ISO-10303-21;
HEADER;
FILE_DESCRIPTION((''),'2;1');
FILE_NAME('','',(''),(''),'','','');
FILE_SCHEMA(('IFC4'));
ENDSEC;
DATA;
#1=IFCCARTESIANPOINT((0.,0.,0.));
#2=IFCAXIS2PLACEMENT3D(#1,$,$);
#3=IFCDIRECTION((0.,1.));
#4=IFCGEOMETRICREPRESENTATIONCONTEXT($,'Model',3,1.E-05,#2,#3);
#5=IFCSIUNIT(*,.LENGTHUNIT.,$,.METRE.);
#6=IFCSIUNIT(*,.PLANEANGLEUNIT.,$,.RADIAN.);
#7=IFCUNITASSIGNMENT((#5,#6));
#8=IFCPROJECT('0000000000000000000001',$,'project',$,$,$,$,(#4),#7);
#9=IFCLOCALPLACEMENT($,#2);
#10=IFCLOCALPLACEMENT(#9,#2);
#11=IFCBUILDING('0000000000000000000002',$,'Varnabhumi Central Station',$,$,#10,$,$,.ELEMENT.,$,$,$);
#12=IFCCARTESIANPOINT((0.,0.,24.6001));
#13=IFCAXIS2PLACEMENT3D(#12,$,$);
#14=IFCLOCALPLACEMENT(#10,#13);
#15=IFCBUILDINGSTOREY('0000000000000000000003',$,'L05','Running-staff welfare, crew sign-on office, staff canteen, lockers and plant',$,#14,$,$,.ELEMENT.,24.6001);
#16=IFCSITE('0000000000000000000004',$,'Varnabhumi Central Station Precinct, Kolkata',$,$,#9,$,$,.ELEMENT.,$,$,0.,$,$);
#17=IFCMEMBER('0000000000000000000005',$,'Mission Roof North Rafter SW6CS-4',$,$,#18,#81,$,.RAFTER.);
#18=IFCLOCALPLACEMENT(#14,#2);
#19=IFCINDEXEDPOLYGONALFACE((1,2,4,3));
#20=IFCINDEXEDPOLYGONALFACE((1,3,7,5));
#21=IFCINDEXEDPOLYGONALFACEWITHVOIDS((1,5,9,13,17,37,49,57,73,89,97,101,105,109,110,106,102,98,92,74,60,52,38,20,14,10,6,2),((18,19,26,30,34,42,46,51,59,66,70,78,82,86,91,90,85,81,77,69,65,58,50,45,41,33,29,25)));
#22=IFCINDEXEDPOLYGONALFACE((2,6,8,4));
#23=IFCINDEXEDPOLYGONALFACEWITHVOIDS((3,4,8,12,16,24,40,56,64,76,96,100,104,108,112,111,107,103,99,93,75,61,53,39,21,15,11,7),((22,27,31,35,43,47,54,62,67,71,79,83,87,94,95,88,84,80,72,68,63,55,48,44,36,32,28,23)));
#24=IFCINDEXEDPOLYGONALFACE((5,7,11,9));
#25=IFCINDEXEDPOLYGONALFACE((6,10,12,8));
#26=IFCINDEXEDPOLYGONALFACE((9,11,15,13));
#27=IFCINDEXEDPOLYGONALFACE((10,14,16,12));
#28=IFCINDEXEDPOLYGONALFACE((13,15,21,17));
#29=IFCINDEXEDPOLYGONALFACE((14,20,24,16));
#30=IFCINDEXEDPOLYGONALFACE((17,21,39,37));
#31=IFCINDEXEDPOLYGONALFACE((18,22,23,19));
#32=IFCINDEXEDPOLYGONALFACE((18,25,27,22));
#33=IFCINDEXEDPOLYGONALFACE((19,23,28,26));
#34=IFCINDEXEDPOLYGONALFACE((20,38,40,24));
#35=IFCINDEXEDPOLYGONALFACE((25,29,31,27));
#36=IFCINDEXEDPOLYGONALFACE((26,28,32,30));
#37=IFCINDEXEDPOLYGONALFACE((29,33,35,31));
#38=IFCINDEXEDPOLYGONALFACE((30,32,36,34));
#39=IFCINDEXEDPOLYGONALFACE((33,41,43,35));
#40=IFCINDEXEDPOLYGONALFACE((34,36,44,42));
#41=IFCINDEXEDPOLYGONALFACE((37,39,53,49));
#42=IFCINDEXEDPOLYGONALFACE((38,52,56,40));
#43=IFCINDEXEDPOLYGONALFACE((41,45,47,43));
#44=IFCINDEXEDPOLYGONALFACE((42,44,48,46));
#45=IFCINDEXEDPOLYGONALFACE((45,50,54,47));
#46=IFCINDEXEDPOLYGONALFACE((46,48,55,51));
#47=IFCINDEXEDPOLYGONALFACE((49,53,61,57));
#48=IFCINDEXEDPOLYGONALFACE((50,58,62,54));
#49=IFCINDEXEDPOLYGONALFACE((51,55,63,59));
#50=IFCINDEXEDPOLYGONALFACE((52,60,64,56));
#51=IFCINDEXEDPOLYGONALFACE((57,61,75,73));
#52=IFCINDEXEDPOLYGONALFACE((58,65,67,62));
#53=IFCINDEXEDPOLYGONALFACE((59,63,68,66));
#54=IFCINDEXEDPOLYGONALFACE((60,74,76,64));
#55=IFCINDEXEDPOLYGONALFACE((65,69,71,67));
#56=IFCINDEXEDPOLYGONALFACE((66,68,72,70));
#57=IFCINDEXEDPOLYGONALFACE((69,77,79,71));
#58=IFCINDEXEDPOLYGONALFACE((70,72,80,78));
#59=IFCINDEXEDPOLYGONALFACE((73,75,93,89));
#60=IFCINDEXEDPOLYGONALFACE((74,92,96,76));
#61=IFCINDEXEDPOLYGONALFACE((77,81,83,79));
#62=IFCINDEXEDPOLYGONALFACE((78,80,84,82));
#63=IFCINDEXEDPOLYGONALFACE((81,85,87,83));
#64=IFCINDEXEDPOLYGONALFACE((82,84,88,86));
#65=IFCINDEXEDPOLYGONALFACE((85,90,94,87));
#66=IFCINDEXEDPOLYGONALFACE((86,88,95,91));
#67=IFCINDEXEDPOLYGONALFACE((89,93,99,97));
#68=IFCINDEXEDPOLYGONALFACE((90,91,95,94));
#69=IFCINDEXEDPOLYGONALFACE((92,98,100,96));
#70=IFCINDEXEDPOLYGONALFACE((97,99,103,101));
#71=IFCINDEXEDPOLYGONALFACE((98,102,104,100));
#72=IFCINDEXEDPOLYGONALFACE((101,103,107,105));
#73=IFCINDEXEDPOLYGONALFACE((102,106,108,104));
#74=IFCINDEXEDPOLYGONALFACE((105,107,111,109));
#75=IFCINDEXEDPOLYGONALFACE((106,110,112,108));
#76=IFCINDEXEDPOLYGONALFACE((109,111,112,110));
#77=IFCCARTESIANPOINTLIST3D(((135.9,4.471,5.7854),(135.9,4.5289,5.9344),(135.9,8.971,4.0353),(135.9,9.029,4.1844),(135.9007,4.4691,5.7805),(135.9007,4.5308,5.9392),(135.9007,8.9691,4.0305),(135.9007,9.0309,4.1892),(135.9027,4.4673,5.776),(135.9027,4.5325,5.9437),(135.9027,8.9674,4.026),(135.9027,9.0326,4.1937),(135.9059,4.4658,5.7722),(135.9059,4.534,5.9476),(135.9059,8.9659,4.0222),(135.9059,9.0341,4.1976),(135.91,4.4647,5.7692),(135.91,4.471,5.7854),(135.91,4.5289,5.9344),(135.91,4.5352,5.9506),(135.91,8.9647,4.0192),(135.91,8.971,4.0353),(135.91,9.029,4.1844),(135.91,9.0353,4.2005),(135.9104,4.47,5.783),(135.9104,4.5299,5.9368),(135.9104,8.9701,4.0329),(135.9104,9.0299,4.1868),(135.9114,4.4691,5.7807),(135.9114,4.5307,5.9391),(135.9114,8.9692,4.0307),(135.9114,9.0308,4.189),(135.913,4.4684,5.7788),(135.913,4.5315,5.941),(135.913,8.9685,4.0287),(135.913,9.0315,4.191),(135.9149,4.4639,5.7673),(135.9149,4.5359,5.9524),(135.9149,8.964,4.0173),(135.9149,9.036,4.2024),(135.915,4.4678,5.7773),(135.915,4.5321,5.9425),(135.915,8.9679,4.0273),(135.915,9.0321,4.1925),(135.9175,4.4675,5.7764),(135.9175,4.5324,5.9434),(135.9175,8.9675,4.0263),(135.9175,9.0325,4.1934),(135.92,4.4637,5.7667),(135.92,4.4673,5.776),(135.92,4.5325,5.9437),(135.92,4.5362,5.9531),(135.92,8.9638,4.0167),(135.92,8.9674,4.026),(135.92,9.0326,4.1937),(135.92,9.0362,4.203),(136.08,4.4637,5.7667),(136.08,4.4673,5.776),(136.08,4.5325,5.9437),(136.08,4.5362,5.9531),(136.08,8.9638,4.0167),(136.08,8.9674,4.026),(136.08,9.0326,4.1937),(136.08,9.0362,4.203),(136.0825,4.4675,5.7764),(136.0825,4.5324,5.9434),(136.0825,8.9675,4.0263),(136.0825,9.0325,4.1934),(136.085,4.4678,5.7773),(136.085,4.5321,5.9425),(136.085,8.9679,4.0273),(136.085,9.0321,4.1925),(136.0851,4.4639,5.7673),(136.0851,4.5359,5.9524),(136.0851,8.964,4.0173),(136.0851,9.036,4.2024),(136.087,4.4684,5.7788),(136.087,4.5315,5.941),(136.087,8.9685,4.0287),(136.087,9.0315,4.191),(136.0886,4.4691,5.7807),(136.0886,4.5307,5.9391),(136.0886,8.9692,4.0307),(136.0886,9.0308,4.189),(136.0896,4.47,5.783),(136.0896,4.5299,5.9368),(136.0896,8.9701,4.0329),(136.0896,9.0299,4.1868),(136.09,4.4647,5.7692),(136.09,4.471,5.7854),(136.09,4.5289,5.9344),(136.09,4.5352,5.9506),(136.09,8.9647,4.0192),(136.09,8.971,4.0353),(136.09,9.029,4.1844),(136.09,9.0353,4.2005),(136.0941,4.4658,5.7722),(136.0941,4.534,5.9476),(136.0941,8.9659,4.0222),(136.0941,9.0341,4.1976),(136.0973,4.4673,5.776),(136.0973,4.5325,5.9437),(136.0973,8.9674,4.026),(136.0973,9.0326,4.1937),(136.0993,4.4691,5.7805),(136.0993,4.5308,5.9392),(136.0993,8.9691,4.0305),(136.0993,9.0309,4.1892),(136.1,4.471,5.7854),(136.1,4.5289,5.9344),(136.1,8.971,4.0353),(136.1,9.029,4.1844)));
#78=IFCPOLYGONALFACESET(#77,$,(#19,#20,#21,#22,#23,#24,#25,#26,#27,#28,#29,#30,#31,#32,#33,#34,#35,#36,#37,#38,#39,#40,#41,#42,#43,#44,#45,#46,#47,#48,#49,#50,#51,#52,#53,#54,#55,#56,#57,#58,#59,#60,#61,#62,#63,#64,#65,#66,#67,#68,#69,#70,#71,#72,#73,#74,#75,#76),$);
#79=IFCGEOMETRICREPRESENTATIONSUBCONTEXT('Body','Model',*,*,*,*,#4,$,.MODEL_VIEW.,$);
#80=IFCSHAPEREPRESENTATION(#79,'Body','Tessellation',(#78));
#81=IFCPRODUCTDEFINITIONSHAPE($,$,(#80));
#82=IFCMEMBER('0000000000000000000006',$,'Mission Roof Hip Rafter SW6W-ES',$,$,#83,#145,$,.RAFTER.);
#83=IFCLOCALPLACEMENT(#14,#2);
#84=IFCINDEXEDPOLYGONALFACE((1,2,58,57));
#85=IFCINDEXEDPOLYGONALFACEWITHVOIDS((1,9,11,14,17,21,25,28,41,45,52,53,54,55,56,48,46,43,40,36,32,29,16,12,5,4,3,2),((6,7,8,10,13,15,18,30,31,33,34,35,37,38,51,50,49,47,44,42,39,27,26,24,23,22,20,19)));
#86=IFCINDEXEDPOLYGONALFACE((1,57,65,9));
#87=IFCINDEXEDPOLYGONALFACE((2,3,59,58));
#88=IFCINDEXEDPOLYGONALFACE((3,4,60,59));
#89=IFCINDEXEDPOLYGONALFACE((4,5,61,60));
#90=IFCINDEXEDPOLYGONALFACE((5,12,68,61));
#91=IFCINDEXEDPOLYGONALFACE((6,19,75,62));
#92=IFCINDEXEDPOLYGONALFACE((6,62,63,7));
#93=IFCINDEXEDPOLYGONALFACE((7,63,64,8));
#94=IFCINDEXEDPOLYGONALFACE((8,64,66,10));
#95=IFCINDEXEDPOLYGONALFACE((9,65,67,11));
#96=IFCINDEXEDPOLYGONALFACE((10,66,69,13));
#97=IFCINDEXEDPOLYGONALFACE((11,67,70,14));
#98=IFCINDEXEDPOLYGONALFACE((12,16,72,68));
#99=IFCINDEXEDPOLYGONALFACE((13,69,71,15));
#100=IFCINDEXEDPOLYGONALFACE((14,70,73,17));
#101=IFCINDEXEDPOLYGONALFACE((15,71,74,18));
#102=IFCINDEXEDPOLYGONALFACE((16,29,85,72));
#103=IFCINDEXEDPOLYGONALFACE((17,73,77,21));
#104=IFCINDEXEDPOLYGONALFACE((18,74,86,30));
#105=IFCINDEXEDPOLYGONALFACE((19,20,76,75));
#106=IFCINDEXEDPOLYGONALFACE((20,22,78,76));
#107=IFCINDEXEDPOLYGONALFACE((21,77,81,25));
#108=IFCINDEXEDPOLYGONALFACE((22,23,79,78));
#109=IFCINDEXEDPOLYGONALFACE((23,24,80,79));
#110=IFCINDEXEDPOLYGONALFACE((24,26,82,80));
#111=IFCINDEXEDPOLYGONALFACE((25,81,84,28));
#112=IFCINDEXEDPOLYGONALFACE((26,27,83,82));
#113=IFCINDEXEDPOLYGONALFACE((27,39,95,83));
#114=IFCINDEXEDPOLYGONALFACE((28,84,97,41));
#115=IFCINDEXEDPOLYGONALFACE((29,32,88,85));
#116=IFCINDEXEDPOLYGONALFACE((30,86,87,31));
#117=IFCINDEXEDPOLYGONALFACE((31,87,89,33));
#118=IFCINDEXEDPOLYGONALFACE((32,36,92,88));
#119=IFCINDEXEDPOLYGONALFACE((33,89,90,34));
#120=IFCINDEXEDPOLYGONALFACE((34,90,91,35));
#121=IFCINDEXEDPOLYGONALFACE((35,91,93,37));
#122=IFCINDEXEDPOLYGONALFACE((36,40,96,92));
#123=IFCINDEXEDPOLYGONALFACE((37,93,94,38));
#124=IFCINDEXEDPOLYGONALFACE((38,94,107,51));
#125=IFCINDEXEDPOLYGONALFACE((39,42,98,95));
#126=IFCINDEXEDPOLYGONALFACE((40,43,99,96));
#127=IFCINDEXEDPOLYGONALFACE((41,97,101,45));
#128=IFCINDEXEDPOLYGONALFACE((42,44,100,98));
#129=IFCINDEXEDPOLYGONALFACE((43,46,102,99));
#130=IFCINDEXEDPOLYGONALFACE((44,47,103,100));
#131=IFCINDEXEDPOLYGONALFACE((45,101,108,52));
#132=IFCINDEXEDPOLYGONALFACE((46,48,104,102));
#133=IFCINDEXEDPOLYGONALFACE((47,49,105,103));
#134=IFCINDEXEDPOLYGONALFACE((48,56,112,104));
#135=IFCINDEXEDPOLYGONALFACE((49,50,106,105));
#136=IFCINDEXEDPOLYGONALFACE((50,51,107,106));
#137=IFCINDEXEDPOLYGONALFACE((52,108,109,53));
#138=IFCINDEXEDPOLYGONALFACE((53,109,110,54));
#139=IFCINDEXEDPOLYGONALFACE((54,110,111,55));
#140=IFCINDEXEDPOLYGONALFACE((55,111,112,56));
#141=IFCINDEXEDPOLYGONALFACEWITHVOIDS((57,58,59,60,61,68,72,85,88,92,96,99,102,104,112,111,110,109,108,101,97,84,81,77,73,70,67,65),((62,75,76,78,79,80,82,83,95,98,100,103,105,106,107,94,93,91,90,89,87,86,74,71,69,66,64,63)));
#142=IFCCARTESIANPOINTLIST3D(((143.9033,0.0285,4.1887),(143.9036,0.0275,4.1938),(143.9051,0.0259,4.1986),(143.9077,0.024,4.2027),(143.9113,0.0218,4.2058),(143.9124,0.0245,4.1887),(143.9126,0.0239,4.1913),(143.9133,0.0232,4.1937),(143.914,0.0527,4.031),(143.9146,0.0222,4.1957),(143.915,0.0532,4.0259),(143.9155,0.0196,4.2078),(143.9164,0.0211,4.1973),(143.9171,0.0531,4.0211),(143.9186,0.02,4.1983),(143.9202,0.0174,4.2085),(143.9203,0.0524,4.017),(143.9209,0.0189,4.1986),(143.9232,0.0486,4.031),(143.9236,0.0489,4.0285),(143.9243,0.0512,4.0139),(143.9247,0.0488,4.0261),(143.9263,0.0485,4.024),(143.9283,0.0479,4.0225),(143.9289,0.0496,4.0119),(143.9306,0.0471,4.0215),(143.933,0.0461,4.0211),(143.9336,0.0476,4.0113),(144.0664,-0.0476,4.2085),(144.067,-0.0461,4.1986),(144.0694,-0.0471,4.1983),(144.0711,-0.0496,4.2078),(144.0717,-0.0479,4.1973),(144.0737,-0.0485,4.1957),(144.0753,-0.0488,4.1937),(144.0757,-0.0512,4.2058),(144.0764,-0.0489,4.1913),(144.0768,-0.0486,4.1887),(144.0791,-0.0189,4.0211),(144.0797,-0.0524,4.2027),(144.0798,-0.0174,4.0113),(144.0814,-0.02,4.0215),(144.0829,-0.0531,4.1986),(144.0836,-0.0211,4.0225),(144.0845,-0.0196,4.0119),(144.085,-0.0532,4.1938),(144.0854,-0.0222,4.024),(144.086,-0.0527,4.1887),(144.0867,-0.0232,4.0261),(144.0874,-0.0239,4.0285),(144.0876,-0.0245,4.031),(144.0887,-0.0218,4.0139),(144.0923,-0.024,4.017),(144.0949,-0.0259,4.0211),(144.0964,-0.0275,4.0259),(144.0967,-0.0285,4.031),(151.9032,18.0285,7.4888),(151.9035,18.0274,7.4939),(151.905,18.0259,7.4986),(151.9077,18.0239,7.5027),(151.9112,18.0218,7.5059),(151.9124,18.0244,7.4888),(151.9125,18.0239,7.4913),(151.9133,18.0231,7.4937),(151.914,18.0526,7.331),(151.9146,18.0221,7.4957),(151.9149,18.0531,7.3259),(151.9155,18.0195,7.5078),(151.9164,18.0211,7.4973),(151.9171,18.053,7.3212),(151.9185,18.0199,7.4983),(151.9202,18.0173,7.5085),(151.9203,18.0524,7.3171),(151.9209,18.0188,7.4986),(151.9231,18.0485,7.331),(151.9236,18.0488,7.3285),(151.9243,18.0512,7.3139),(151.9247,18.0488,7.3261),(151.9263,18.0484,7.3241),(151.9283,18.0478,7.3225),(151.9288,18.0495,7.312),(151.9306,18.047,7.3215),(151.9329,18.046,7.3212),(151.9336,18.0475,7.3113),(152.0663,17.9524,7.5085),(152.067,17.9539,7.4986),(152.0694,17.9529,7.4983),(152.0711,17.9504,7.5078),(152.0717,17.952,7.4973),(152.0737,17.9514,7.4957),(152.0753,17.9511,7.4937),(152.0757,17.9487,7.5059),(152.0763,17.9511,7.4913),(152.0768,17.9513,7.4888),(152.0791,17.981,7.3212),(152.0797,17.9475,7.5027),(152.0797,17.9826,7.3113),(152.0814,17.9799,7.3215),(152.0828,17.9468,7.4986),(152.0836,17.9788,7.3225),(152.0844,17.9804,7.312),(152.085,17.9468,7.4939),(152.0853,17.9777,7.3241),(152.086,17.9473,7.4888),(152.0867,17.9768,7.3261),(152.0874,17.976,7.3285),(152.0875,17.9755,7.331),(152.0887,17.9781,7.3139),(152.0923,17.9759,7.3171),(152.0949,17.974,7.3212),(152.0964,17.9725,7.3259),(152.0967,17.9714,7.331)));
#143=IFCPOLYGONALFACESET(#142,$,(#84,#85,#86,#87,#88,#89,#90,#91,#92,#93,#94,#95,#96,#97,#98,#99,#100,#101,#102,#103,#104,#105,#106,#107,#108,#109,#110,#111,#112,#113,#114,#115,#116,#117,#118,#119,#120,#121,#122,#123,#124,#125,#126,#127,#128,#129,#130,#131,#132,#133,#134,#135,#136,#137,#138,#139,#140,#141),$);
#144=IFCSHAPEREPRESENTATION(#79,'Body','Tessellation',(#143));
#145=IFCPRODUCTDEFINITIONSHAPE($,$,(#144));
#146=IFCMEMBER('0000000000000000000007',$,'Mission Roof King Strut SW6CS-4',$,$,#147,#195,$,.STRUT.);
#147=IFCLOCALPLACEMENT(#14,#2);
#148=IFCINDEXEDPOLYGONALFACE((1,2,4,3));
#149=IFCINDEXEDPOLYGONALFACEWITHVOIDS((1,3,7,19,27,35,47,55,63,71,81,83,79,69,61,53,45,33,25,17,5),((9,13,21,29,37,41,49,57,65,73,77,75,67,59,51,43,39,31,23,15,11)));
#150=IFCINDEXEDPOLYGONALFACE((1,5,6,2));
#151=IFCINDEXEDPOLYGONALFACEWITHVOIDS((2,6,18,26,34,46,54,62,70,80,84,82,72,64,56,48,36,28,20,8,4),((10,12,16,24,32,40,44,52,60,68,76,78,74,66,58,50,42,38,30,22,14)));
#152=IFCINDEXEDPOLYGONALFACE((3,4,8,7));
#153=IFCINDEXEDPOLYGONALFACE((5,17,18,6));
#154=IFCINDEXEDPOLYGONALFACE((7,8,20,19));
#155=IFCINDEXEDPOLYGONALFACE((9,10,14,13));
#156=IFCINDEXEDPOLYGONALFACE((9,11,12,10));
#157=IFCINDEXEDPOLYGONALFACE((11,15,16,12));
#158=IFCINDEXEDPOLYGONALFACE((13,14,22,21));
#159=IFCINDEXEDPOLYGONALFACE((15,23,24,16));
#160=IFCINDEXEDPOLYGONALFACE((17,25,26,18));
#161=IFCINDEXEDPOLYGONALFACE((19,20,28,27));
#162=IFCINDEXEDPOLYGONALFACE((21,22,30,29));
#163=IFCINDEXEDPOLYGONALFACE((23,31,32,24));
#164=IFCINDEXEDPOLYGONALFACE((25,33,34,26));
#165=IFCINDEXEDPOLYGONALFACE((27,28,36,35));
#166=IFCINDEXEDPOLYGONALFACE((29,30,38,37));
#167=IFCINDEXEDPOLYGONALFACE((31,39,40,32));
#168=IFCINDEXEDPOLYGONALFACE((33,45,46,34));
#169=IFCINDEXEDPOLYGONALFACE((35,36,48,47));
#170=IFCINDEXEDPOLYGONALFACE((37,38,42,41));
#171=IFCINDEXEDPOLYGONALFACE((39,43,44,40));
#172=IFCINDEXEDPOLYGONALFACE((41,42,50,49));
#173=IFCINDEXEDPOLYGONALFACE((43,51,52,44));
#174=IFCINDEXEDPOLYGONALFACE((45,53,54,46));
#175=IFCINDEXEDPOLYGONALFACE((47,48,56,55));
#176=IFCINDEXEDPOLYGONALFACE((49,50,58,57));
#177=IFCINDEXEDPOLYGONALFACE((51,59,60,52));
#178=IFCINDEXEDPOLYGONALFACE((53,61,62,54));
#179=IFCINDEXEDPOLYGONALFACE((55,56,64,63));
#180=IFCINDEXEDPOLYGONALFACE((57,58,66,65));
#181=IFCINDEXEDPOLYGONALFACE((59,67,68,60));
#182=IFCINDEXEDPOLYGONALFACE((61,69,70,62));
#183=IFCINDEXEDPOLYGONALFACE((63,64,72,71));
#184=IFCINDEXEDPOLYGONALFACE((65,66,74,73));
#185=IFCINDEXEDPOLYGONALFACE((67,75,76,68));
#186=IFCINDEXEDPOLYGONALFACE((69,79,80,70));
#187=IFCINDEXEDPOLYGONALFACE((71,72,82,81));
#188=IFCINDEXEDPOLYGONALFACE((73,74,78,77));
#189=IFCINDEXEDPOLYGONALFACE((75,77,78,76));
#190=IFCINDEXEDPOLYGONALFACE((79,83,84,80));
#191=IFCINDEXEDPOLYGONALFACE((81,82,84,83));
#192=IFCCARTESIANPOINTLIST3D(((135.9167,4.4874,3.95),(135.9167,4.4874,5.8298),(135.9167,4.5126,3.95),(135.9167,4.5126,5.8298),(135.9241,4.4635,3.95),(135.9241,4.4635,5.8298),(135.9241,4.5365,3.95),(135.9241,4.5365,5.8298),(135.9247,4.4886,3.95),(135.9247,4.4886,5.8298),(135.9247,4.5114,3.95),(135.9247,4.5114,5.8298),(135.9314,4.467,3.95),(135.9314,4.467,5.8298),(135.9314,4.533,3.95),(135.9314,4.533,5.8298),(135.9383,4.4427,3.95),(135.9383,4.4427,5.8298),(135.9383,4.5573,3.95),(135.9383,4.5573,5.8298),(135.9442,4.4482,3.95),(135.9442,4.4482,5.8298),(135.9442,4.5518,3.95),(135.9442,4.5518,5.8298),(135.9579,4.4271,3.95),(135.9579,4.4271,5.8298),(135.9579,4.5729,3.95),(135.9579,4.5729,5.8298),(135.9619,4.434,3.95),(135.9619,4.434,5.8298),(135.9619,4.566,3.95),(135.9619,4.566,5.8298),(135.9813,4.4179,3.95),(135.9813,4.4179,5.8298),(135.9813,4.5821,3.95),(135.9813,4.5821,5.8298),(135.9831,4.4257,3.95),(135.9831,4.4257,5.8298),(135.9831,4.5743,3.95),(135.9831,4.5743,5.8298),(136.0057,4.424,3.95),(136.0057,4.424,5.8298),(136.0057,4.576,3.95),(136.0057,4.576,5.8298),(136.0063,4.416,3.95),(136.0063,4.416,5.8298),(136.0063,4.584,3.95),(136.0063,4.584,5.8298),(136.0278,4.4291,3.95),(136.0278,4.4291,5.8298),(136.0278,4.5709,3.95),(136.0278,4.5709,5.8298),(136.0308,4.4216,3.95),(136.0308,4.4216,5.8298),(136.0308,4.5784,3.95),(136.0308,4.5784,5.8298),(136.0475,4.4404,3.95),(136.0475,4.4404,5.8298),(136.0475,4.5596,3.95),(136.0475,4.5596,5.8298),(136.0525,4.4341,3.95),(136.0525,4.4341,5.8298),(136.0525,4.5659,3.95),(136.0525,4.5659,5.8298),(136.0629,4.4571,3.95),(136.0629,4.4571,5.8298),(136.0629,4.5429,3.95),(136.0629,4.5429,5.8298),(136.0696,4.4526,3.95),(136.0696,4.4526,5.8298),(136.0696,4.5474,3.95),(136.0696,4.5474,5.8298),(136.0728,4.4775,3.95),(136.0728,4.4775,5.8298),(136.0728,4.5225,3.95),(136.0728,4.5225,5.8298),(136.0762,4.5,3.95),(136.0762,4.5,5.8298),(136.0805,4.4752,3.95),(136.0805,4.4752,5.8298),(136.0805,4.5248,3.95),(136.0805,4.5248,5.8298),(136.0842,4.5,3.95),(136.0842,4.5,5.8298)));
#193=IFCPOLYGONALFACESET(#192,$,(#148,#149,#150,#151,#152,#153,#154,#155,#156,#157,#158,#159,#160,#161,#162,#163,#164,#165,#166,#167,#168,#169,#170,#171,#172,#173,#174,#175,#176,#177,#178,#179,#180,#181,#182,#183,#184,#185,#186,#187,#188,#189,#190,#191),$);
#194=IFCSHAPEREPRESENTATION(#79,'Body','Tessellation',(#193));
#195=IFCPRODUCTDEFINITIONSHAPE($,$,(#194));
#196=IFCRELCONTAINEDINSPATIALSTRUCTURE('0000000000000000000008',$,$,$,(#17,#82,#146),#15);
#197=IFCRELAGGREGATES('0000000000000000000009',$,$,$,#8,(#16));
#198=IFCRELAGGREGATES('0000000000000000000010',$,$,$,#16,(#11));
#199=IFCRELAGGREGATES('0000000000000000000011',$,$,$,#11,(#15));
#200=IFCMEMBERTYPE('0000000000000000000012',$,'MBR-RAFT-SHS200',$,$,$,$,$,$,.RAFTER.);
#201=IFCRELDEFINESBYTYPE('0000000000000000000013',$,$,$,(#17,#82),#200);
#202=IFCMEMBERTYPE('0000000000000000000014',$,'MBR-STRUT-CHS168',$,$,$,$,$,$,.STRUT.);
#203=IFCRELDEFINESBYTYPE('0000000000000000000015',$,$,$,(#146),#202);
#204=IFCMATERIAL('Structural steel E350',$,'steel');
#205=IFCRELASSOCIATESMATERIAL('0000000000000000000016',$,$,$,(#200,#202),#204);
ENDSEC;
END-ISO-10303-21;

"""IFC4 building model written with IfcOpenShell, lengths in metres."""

from ifc_helpers import new_model, si_unit, direction, frame, origin, origin_2d, place, context, subcontext, project, spatial, hollow_rectangle, hollow_circle, extrude, material, material_profile, profile_set, type_object, element, save


model = new_model("IFC4")

# Units and contexts
model_context = context("Model", 3, precision=1e-05, world=origin(), true_north=direction((0.0, 1.0)))
body_context = subcontext(model_context, "Body", "Model", "MODEL_VIEW")
ifc_project = project(units=[si_unit("LENGTHUNIT", "METRE"), si_unit("PLANEANGLEUNIT", "RADIAN")], contexts=[model_context])

# Site, building, storey
site_placement = place(None, origin())
site = spatial("IfcSite", under=ifc_project, at=site_placement, Name="Varnabhumi Central Station Precinct, Kolkata", CompositionType="ELEMENT", RefElevation=0.0)
building_placement = place(site_placement, origin())
building = spatial("IfcBuilding", under=site, at=building_placement, Name="Varnabhumi Central Station", CompositionType="ELEMENT")
storey_placement = place(building_placement, frame((0.0, 0.0, 24.6001)))
storey = spatial("IfcBuildingStorey", under=building, at=storey_placement, Name="L05", Description="Running-staff welfare, crew sign-on office, staff canteen, lockers and plant", CompositionType="ELEMENT", Elevation=24.6001)

# Shared definitions
ifc_material_1 = material(Name="Structural steel E350", Category="steel")

# Members
ifc_material_profile_1 = material_profile(ifc_material_1, hollow_rectangle(XDim=0.2, YDim=0.2, WallThickness=0.01, InnerFilletRadius=0.01, OuterFilletRadius=0.02, at=origin_2d()), Name="Structural steel E350", Category="steel")
ifc_profile_set_1 = profile_set([ifc_material_profile_1], Name="Structural steel E350")
member_type_1 = type_object("IfcMemberType", Name="MBR-RAFT-SHS200", PredefinedType="RAFTER", material=ifc_profile_set_1)
for number, where, z_axis, x_axis, name in (
    (1, (136.0, 9.0, 4.1099), (0.0, -0.932005, 0.362446), (1.0, 0.0, 0.0), "Mission Roof North Rafter SW6CS-4"),
):
    element("IfcMember", number, at=place(storey_placement, frame(where, z_axis=z_axis, x_axis=x_axis)), inside=storey, type_object=member_type_1, Name=name, PredefinedType="RAFTER", context=body_context, shape_type="SweptSolid", body=[
        extrude(hollow_rectangle(XDim=0.2, YDim=0.2, WallThickness=0.01, InnerFilletRadius=0.01, OuterFilletRadius=0.02, at=origin_2d()), origin(), (0.0, 0.0, 1.0), 4.8284),
    ])
member_1_placement = place(storey_placement, frame((144.0, 0.0, 4.1099), z_axis=(0.400556, 0.901251, 0.165232), x_axis=(-0.913812, 0.406138, 0.0)))
element("IfcMember", 2, at=member_1_placement, inside=storey, type_object=member_type_1, Name="Mission Roof Hip Rafter SW6W-ES", PredefinedType="RAFTER", context=body_context, shape_type="SweptSolid", body=[
    extrude(hollow_rectangle(XDim=0.2, YDim=0.2, WallThickness=0.01, InnerFilletRadius=0.01, OuterFilletRadius=0.02, at=origin_2d()), origin(), (0.0, 0.0, 1.0), 19.9722),
])
ifc_material_profile_2 = material_profile(ifc_material_1, hollow_circle(Radius=0.0842, WallThickness=0.0081, at=origin_2d()), Name="Structural steel E350", Category="steel")
ifc_profile_set_2 = profile_set([ifc_material_profile_2], Name="Structural steel E350")
member_type_2 = type_object("IfcMemberType", Name="MBR-STRUT-CHS168", PredefinedType="STRUT", material=ifc_profile_set_2)
member_2_placement = place(storey_placement, frame((136.0, 4.5, 3.95), z_axis=(0.0, 0.0, 1.0), x_axis=(1.0, 0.0, 0.0)))
element("IfcMember", 3, at=member_2_placement, inside=storey, type_object=member_type_2, Name="Mission Roof King Strut SW6CS-4", PredefinedType="STRUT", context=body_context, shape_type="SweptSolid", body=[
    extrude(hollow_circle(Radius=0.0842, WallThickness=0.0081, at=origin_2d()), origin(), (0.0, 0.0, 1.0), 1.8799),
])

save(model, "model.ifc")
